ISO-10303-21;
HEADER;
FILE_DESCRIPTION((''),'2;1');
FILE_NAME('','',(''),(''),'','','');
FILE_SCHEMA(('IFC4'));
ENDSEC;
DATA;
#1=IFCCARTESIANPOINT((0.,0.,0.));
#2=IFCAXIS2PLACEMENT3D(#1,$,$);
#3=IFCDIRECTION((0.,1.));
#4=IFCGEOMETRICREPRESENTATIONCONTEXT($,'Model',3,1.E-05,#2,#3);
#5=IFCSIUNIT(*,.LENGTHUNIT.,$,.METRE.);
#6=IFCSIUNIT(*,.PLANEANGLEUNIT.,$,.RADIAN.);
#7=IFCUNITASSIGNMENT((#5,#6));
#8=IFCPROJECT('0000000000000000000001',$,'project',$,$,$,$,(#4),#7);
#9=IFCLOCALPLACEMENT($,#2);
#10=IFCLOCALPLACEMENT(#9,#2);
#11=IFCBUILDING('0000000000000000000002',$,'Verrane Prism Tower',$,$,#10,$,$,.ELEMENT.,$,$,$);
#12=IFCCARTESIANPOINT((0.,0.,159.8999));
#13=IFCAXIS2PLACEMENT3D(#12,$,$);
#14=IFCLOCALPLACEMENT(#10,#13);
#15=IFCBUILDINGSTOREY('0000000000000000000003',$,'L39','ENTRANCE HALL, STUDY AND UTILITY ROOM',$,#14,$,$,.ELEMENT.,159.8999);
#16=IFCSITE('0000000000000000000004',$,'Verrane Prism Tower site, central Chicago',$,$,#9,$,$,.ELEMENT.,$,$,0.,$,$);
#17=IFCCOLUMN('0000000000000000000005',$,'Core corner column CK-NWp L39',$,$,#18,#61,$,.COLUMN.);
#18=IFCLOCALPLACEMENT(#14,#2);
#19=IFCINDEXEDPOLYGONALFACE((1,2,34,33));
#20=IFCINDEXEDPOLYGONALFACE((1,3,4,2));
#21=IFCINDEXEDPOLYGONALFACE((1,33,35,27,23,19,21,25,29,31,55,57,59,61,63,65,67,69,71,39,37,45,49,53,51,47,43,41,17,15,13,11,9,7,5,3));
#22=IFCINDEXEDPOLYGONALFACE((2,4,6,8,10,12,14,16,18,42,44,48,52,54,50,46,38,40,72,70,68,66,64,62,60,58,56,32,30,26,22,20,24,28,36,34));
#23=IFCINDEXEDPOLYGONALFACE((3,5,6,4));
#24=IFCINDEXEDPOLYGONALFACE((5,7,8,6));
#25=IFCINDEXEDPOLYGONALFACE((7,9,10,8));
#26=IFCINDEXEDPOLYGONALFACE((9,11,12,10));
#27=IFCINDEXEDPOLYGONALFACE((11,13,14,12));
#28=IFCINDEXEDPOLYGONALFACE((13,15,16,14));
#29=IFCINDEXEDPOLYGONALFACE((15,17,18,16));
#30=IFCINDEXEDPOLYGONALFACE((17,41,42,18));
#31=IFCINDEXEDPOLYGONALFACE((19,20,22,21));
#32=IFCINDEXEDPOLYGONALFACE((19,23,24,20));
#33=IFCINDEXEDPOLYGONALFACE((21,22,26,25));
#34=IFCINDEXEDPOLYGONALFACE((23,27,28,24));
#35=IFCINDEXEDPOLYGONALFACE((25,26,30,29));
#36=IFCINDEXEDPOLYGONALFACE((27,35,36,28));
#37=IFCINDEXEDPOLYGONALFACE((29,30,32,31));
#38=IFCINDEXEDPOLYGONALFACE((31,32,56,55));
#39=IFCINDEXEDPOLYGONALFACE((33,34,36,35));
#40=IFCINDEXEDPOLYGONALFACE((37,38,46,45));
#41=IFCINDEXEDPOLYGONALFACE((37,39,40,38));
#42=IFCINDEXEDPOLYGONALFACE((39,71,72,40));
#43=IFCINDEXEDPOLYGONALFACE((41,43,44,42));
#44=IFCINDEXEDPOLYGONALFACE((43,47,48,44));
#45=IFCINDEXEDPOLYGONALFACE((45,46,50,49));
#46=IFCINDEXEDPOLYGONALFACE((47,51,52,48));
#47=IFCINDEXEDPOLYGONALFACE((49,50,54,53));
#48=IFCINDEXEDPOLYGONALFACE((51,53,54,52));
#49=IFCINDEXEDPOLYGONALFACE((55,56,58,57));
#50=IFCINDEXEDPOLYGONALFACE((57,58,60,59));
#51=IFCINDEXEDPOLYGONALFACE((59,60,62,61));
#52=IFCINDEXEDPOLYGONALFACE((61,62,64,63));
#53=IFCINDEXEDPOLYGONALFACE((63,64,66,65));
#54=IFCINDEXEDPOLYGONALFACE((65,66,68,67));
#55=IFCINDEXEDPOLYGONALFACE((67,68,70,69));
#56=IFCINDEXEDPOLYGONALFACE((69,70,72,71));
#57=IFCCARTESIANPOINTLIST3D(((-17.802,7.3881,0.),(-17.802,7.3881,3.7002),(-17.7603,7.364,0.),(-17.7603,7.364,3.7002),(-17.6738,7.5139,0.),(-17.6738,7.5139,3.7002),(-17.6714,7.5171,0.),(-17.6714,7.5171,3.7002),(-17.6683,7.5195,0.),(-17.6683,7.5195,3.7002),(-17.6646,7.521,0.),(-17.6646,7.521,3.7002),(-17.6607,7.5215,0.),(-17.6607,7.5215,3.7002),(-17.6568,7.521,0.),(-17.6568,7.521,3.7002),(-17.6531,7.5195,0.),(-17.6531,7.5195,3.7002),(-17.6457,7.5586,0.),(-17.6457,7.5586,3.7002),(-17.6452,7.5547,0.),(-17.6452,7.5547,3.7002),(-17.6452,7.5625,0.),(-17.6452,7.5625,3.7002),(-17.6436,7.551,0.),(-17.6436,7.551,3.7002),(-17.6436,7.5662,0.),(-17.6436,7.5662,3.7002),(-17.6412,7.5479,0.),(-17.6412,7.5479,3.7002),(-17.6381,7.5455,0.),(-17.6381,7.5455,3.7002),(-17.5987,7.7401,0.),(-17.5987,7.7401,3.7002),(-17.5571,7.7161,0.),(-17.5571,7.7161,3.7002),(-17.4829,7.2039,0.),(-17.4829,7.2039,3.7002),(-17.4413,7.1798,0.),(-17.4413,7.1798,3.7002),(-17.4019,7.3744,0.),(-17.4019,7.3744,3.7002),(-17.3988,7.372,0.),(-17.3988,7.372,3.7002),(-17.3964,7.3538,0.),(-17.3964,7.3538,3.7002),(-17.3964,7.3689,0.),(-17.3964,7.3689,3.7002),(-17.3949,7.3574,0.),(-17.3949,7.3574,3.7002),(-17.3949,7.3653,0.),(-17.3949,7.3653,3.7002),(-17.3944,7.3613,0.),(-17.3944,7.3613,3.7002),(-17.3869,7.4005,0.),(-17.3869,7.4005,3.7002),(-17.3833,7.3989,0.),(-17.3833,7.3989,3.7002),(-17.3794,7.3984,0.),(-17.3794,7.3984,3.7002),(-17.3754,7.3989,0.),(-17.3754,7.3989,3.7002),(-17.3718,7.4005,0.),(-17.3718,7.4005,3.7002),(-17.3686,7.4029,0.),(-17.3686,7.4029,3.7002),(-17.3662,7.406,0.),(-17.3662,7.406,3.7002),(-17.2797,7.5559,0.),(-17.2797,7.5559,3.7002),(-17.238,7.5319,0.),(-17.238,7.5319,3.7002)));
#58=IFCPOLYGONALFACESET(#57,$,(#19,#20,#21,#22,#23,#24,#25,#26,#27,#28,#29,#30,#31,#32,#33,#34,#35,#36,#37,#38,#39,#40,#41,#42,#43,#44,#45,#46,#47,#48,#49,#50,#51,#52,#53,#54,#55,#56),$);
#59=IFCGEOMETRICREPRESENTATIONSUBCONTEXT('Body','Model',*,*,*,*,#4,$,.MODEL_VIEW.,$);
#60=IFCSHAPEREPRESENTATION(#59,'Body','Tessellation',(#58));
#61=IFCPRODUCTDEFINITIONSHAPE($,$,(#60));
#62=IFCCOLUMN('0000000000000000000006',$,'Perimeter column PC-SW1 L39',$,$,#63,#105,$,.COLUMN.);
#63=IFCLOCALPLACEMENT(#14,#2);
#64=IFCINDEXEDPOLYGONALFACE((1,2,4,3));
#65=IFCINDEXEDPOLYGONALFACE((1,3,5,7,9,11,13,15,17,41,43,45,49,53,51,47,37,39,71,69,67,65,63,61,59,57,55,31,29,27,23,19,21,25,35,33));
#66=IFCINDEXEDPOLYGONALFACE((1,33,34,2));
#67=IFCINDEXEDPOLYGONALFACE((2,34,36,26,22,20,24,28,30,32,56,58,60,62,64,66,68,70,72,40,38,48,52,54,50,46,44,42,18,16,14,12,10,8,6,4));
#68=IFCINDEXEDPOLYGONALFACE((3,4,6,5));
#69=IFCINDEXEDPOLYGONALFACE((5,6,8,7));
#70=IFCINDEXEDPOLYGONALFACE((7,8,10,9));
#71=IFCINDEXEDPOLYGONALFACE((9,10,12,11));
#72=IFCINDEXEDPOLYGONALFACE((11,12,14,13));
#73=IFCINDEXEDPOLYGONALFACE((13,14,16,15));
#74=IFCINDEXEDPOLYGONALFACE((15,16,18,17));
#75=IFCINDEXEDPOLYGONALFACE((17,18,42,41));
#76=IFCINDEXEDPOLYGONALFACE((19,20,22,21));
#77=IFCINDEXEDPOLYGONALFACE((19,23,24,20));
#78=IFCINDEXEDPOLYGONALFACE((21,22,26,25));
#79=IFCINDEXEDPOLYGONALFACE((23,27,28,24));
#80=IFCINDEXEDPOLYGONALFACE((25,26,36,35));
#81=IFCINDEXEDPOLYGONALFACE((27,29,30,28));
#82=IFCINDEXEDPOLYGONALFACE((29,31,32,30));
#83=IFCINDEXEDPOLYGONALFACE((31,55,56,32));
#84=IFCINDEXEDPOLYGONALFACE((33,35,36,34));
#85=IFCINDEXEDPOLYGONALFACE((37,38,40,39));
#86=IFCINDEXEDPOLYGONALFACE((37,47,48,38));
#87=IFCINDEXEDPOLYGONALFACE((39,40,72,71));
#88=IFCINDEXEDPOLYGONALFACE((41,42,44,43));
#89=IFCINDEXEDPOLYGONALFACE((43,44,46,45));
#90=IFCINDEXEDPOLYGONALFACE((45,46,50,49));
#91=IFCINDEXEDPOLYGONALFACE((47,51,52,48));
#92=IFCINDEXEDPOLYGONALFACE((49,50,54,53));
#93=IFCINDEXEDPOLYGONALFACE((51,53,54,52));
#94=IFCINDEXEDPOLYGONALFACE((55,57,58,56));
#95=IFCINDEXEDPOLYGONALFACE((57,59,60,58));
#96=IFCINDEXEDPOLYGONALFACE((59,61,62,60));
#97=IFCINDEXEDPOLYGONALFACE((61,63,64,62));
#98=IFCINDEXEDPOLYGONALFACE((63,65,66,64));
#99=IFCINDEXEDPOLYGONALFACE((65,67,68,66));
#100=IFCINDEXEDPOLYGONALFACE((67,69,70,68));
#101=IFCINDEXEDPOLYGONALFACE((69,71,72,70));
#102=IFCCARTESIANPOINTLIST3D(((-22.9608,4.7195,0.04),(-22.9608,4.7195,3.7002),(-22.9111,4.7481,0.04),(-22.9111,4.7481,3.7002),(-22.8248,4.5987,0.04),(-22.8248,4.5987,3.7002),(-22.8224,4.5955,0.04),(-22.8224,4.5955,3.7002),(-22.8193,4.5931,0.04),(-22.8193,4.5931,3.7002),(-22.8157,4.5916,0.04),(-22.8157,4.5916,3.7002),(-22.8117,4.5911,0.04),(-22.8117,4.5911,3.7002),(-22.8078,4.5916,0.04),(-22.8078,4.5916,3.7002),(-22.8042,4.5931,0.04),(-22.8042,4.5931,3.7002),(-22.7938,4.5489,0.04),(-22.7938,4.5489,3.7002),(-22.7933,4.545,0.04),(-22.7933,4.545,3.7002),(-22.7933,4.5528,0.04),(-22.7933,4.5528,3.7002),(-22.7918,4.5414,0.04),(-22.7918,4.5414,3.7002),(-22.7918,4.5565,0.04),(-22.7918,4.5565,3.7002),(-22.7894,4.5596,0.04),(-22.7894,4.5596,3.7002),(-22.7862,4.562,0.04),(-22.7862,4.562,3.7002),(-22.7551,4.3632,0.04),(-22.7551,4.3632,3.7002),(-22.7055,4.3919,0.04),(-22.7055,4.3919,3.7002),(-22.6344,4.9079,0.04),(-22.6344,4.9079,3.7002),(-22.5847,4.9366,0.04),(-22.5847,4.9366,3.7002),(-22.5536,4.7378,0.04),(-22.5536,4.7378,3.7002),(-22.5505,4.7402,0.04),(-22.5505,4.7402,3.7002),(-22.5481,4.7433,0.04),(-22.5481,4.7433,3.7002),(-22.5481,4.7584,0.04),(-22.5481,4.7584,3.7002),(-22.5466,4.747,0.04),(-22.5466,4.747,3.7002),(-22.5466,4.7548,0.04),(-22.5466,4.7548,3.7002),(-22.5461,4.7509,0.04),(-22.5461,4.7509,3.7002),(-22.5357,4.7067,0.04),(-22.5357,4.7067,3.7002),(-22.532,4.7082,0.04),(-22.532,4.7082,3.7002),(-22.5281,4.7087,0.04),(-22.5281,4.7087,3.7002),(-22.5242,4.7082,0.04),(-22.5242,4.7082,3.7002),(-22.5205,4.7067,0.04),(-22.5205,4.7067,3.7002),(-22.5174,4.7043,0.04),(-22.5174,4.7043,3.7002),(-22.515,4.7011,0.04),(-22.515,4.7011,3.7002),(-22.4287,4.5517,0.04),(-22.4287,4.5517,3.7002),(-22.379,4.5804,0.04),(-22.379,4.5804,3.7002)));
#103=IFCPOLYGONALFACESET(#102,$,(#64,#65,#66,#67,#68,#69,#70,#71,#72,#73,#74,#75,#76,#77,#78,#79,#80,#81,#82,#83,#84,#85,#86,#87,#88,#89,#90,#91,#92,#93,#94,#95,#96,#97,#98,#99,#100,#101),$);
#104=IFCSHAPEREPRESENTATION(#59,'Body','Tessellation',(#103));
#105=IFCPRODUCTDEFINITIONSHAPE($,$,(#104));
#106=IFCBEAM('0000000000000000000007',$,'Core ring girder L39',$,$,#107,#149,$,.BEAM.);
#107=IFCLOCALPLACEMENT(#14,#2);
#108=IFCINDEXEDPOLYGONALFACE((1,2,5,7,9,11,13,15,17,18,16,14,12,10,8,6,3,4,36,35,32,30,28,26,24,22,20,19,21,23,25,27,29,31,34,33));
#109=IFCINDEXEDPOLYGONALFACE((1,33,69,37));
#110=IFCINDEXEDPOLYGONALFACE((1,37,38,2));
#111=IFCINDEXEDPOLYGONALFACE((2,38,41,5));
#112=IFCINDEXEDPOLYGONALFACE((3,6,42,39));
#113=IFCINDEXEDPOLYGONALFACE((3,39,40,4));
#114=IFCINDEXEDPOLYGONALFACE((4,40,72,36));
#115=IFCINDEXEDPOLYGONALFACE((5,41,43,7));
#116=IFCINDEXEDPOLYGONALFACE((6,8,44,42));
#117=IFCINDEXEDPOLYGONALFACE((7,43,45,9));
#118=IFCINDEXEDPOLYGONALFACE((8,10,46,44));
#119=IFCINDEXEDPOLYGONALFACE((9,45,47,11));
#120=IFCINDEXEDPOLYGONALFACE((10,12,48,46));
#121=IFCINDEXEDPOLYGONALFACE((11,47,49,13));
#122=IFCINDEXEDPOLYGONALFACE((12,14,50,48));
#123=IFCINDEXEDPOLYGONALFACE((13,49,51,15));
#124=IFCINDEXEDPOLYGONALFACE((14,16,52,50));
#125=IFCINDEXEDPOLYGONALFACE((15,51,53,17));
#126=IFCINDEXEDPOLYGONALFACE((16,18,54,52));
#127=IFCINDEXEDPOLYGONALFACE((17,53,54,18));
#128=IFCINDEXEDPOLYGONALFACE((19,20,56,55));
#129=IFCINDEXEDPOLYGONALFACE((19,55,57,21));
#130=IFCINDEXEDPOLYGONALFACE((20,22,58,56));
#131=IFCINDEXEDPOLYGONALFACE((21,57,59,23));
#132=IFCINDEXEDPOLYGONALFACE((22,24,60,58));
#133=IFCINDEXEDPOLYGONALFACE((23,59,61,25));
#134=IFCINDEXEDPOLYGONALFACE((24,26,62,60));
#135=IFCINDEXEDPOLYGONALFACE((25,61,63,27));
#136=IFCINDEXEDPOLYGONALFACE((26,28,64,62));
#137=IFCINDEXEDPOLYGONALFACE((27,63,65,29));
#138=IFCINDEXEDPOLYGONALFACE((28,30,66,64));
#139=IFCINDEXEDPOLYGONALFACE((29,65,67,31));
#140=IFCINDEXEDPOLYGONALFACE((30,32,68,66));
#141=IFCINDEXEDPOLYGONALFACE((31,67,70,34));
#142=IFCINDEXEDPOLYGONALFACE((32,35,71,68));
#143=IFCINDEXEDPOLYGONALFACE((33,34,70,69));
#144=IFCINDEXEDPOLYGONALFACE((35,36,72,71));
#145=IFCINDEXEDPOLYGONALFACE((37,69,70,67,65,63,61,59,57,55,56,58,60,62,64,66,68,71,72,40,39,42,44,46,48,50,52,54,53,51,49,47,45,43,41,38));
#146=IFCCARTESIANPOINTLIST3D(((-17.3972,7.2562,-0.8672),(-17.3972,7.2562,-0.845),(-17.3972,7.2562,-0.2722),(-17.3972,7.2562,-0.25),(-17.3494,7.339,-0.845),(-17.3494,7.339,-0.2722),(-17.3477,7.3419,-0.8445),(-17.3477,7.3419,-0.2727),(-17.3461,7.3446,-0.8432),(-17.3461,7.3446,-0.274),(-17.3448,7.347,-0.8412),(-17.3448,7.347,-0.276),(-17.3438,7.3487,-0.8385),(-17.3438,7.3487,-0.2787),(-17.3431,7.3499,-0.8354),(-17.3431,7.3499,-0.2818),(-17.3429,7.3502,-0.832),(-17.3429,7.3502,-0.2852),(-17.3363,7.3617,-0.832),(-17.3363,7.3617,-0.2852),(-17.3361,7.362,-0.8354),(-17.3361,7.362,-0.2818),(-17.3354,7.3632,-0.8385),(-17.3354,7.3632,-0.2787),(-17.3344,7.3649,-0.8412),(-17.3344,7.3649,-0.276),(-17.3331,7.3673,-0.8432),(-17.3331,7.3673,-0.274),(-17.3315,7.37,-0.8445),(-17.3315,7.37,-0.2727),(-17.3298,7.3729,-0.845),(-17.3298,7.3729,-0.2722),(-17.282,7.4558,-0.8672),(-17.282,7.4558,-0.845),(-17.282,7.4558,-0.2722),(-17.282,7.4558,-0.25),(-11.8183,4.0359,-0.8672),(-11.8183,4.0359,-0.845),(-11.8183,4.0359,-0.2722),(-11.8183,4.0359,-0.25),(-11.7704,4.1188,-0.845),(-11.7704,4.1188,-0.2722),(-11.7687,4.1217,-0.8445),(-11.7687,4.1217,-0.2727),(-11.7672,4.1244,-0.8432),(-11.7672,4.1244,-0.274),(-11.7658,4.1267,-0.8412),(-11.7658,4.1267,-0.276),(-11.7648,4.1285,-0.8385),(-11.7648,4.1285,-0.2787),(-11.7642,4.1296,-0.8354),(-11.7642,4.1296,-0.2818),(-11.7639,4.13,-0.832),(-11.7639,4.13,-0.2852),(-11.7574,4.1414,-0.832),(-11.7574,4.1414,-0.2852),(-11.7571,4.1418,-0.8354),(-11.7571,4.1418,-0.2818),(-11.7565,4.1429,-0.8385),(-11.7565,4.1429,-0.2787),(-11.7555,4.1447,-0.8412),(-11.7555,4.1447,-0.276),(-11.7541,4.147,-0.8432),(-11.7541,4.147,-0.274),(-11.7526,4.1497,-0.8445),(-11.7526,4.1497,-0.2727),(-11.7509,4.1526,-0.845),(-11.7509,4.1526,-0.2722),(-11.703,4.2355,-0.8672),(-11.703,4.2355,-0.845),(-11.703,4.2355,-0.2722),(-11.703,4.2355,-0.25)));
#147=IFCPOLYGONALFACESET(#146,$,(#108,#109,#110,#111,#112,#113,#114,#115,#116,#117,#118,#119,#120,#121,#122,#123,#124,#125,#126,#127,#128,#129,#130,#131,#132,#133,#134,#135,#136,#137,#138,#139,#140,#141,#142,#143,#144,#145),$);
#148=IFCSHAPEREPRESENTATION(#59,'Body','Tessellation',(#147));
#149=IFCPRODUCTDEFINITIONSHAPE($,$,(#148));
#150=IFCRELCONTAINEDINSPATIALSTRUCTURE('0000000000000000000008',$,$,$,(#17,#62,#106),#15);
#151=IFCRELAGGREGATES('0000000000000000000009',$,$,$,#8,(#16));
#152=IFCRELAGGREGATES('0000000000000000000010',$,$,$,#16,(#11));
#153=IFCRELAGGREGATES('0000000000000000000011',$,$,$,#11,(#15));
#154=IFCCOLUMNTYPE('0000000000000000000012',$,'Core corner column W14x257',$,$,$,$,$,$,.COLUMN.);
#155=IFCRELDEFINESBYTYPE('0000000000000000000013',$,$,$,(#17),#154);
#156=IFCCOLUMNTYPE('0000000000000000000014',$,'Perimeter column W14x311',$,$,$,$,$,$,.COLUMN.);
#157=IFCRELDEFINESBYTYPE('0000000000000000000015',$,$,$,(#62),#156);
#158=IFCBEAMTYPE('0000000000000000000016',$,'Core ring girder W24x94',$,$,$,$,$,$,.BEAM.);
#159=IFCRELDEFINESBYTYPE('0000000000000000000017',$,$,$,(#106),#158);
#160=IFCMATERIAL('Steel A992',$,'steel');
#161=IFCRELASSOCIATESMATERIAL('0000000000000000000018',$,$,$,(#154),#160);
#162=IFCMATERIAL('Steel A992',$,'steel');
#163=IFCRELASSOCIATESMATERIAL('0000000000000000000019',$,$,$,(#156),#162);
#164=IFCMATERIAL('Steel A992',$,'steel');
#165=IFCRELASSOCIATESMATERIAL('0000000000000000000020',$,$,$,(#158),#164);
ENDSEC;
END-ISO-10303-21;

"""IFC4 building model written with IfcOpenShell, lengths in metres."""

from ifc_helpers import new_model, si_unit, direction, frame, origin, origin_2d, place, context, subcontext, project, spatial, i_section, extrude, material, material_profile, profile_set, type_object, element, save


model = new_model("IFC4")

# Units and contexts
model_context = context("Model", 3, precision=1e-05, world=origin(), true_north=direction((0.0, 1.0)))
body_context = subcontext(model_context, "Body", "Model", "MODEL_VIEW")
ifc_project = project(units=[si_unit("LENGTHUNIT", "METRE"), si_unit("PLANEANGLEUNIT", "RADIAN")], contexts=[model_context])

# Site, building, storey
site_placement = place(None, origin())
site = spatial("IfcSite", under=ifc_project, at=site_placement, Name="Verrane Prism Tower site, central Chicago", CompositionType="ELEMENT", RefElevation=0.0)
building_placement = place(site_placement, origin())
building = spatial("IfcBuilding", under=site, at=building_placement, Name="Verrane Prism Tower", CompositionType="ELEMENT")
storey_placement = place(building_placement, frame((0.0, 0.0, 159.8999)))
storey = spatial("IfcBuildingStorey", under=building, at=storey_placement, Name="L39", Description="ENTRANCE HALL, STUDY AND UTILITY ROOM", CompositionType="ELEMENT", Elevation=159.8999)

# Columns
ifc_material_1 = material(Name="Steel A992", Category="steel")
ifc_material_profile_1 = material_profile(ifc_material_1, i_section(OverallWidth=0.4065, OverallDepth=0.4165, WebThickness=0.03, FlangeThickness=0.0481, FilletRadius=0.0151, at=origin_2d()), Name="W14x257")
ifc_profile_set_1 = profile_set([ifc_material_profile_1], Name="Steel A992")
column_type_1 = type_object("IfcColumnType", Name="Core corner column W14x257", PredefinedType="COLUMN", material=ifc_profile_set_1)
column_1_placement = place(storey_placement, frame((-17.52, 7.46, 0.0), z_axis=(0.0, 0.0, 1.0), x_axis=(0.5, 0.866025, 0.0)))
element("IfcColumn", 1, at=column_1_placement, inside=storey, type_object=column_type_1, Name="Core corner column CK-NWp L39", PredefinedType="COLUMN", context=body_context, shape_type="SweptSolid", body=[
    extrude(i_section(OverallWidth=0.4065, OverallDepth=0.4165, WebThickness=0.03, FlangeThickness=0.0481, FilletRadius=0.0151, at=origin_2d()), origin(), (0.0, 0.0, 1.0), 3.7002),
])
ifc_material_2 = material(Name="Steel A992", Category="steel")
ifc_material_profile_2 = material_profile(ifc_material_2, i_section(OverallWidth=0.4114, OverallDepth=0.4343, WebThickness=0.0359, FlangeThickness=0.0574, FilletRadius=0.0151, at=origin_2d()), Name="W14x311")
ifc_profile_set_2 = profile_set([ifc_material_profile_2], Name="Steel A992")
column_type_2 = type_object("IfcColumnType", Name="Perimeter column W14x311", PredefinedType="COLUMN", material=ifc_profile_set_2)
column_2_placement = place(storey_placement, frame((-22.6699, 4.6499, 0.04), z_axis=(0.0, 0.0, 1.0), x_axis=(-0.5, 0.866025, 0.0)))
element("IfcColumn", 2, at=column_2_placement, inside=storey, type_object=column_type_2, Name="Perimeter column PC-SW1 L39", PredefinedType="COLUMN", context=body_context, shape_type="SweptSolid", body=[
    extrude(i_section(OverallWidth=0.4114, OverallDepth=0.4343, WebThickness=0.0359, FlangeThickness=0.0574, FilletRadius=0.0151, at=origin_2d()), origin(), (0.0, 0.0, 1.0), 3.6602),
])

# Beam
ifc_material_3 = material(Name="Steel A992", Category="steel")
ifc_material_profile_3 = material_profile(ifc_material_3, i_section(OverallWidth=0.2305, OverallDepth=0.6172, WebThickness=0.0132, FlangeThickness=0.0222, FilletRadius=0.0129, at=origin_2d()), Name="W24x94")
ifc_profile_set_3 = profile_set([ifc_material_profile_3], Name="Steel A992")
beam_type_1 = type_object("IfcBeamType", Name="Core ring girder W24x94", PredefinedType="BEAM", material=ifc_profile_set_3)
beam_1_placement = place(storey_placement, frame((-17.3396, 7.356, -0.5586), z_axis=(0.866075, -0.499914, 0.0), x_axis=(0.499914, 0.866075, 0.0)))
element("IfcBeam", 3, at=beam_1_placement, inside=storey, type_object=beam_type_1, Name="Core ring girder L39", PredefinedType="BEAM", context=body_context, shape_type="SweptSolid", body=[
    extrude(i_section(OverallWidth=0.2305, OverallDepth=0.6172, WebThickness=0.0132, FlangeThickness=0.0222, FilletRadius=0.0129, at=origin_2d()), origin(), (0.0, 0.0, 1.0), 6.4417),
])

save(model, "model.ifc")
